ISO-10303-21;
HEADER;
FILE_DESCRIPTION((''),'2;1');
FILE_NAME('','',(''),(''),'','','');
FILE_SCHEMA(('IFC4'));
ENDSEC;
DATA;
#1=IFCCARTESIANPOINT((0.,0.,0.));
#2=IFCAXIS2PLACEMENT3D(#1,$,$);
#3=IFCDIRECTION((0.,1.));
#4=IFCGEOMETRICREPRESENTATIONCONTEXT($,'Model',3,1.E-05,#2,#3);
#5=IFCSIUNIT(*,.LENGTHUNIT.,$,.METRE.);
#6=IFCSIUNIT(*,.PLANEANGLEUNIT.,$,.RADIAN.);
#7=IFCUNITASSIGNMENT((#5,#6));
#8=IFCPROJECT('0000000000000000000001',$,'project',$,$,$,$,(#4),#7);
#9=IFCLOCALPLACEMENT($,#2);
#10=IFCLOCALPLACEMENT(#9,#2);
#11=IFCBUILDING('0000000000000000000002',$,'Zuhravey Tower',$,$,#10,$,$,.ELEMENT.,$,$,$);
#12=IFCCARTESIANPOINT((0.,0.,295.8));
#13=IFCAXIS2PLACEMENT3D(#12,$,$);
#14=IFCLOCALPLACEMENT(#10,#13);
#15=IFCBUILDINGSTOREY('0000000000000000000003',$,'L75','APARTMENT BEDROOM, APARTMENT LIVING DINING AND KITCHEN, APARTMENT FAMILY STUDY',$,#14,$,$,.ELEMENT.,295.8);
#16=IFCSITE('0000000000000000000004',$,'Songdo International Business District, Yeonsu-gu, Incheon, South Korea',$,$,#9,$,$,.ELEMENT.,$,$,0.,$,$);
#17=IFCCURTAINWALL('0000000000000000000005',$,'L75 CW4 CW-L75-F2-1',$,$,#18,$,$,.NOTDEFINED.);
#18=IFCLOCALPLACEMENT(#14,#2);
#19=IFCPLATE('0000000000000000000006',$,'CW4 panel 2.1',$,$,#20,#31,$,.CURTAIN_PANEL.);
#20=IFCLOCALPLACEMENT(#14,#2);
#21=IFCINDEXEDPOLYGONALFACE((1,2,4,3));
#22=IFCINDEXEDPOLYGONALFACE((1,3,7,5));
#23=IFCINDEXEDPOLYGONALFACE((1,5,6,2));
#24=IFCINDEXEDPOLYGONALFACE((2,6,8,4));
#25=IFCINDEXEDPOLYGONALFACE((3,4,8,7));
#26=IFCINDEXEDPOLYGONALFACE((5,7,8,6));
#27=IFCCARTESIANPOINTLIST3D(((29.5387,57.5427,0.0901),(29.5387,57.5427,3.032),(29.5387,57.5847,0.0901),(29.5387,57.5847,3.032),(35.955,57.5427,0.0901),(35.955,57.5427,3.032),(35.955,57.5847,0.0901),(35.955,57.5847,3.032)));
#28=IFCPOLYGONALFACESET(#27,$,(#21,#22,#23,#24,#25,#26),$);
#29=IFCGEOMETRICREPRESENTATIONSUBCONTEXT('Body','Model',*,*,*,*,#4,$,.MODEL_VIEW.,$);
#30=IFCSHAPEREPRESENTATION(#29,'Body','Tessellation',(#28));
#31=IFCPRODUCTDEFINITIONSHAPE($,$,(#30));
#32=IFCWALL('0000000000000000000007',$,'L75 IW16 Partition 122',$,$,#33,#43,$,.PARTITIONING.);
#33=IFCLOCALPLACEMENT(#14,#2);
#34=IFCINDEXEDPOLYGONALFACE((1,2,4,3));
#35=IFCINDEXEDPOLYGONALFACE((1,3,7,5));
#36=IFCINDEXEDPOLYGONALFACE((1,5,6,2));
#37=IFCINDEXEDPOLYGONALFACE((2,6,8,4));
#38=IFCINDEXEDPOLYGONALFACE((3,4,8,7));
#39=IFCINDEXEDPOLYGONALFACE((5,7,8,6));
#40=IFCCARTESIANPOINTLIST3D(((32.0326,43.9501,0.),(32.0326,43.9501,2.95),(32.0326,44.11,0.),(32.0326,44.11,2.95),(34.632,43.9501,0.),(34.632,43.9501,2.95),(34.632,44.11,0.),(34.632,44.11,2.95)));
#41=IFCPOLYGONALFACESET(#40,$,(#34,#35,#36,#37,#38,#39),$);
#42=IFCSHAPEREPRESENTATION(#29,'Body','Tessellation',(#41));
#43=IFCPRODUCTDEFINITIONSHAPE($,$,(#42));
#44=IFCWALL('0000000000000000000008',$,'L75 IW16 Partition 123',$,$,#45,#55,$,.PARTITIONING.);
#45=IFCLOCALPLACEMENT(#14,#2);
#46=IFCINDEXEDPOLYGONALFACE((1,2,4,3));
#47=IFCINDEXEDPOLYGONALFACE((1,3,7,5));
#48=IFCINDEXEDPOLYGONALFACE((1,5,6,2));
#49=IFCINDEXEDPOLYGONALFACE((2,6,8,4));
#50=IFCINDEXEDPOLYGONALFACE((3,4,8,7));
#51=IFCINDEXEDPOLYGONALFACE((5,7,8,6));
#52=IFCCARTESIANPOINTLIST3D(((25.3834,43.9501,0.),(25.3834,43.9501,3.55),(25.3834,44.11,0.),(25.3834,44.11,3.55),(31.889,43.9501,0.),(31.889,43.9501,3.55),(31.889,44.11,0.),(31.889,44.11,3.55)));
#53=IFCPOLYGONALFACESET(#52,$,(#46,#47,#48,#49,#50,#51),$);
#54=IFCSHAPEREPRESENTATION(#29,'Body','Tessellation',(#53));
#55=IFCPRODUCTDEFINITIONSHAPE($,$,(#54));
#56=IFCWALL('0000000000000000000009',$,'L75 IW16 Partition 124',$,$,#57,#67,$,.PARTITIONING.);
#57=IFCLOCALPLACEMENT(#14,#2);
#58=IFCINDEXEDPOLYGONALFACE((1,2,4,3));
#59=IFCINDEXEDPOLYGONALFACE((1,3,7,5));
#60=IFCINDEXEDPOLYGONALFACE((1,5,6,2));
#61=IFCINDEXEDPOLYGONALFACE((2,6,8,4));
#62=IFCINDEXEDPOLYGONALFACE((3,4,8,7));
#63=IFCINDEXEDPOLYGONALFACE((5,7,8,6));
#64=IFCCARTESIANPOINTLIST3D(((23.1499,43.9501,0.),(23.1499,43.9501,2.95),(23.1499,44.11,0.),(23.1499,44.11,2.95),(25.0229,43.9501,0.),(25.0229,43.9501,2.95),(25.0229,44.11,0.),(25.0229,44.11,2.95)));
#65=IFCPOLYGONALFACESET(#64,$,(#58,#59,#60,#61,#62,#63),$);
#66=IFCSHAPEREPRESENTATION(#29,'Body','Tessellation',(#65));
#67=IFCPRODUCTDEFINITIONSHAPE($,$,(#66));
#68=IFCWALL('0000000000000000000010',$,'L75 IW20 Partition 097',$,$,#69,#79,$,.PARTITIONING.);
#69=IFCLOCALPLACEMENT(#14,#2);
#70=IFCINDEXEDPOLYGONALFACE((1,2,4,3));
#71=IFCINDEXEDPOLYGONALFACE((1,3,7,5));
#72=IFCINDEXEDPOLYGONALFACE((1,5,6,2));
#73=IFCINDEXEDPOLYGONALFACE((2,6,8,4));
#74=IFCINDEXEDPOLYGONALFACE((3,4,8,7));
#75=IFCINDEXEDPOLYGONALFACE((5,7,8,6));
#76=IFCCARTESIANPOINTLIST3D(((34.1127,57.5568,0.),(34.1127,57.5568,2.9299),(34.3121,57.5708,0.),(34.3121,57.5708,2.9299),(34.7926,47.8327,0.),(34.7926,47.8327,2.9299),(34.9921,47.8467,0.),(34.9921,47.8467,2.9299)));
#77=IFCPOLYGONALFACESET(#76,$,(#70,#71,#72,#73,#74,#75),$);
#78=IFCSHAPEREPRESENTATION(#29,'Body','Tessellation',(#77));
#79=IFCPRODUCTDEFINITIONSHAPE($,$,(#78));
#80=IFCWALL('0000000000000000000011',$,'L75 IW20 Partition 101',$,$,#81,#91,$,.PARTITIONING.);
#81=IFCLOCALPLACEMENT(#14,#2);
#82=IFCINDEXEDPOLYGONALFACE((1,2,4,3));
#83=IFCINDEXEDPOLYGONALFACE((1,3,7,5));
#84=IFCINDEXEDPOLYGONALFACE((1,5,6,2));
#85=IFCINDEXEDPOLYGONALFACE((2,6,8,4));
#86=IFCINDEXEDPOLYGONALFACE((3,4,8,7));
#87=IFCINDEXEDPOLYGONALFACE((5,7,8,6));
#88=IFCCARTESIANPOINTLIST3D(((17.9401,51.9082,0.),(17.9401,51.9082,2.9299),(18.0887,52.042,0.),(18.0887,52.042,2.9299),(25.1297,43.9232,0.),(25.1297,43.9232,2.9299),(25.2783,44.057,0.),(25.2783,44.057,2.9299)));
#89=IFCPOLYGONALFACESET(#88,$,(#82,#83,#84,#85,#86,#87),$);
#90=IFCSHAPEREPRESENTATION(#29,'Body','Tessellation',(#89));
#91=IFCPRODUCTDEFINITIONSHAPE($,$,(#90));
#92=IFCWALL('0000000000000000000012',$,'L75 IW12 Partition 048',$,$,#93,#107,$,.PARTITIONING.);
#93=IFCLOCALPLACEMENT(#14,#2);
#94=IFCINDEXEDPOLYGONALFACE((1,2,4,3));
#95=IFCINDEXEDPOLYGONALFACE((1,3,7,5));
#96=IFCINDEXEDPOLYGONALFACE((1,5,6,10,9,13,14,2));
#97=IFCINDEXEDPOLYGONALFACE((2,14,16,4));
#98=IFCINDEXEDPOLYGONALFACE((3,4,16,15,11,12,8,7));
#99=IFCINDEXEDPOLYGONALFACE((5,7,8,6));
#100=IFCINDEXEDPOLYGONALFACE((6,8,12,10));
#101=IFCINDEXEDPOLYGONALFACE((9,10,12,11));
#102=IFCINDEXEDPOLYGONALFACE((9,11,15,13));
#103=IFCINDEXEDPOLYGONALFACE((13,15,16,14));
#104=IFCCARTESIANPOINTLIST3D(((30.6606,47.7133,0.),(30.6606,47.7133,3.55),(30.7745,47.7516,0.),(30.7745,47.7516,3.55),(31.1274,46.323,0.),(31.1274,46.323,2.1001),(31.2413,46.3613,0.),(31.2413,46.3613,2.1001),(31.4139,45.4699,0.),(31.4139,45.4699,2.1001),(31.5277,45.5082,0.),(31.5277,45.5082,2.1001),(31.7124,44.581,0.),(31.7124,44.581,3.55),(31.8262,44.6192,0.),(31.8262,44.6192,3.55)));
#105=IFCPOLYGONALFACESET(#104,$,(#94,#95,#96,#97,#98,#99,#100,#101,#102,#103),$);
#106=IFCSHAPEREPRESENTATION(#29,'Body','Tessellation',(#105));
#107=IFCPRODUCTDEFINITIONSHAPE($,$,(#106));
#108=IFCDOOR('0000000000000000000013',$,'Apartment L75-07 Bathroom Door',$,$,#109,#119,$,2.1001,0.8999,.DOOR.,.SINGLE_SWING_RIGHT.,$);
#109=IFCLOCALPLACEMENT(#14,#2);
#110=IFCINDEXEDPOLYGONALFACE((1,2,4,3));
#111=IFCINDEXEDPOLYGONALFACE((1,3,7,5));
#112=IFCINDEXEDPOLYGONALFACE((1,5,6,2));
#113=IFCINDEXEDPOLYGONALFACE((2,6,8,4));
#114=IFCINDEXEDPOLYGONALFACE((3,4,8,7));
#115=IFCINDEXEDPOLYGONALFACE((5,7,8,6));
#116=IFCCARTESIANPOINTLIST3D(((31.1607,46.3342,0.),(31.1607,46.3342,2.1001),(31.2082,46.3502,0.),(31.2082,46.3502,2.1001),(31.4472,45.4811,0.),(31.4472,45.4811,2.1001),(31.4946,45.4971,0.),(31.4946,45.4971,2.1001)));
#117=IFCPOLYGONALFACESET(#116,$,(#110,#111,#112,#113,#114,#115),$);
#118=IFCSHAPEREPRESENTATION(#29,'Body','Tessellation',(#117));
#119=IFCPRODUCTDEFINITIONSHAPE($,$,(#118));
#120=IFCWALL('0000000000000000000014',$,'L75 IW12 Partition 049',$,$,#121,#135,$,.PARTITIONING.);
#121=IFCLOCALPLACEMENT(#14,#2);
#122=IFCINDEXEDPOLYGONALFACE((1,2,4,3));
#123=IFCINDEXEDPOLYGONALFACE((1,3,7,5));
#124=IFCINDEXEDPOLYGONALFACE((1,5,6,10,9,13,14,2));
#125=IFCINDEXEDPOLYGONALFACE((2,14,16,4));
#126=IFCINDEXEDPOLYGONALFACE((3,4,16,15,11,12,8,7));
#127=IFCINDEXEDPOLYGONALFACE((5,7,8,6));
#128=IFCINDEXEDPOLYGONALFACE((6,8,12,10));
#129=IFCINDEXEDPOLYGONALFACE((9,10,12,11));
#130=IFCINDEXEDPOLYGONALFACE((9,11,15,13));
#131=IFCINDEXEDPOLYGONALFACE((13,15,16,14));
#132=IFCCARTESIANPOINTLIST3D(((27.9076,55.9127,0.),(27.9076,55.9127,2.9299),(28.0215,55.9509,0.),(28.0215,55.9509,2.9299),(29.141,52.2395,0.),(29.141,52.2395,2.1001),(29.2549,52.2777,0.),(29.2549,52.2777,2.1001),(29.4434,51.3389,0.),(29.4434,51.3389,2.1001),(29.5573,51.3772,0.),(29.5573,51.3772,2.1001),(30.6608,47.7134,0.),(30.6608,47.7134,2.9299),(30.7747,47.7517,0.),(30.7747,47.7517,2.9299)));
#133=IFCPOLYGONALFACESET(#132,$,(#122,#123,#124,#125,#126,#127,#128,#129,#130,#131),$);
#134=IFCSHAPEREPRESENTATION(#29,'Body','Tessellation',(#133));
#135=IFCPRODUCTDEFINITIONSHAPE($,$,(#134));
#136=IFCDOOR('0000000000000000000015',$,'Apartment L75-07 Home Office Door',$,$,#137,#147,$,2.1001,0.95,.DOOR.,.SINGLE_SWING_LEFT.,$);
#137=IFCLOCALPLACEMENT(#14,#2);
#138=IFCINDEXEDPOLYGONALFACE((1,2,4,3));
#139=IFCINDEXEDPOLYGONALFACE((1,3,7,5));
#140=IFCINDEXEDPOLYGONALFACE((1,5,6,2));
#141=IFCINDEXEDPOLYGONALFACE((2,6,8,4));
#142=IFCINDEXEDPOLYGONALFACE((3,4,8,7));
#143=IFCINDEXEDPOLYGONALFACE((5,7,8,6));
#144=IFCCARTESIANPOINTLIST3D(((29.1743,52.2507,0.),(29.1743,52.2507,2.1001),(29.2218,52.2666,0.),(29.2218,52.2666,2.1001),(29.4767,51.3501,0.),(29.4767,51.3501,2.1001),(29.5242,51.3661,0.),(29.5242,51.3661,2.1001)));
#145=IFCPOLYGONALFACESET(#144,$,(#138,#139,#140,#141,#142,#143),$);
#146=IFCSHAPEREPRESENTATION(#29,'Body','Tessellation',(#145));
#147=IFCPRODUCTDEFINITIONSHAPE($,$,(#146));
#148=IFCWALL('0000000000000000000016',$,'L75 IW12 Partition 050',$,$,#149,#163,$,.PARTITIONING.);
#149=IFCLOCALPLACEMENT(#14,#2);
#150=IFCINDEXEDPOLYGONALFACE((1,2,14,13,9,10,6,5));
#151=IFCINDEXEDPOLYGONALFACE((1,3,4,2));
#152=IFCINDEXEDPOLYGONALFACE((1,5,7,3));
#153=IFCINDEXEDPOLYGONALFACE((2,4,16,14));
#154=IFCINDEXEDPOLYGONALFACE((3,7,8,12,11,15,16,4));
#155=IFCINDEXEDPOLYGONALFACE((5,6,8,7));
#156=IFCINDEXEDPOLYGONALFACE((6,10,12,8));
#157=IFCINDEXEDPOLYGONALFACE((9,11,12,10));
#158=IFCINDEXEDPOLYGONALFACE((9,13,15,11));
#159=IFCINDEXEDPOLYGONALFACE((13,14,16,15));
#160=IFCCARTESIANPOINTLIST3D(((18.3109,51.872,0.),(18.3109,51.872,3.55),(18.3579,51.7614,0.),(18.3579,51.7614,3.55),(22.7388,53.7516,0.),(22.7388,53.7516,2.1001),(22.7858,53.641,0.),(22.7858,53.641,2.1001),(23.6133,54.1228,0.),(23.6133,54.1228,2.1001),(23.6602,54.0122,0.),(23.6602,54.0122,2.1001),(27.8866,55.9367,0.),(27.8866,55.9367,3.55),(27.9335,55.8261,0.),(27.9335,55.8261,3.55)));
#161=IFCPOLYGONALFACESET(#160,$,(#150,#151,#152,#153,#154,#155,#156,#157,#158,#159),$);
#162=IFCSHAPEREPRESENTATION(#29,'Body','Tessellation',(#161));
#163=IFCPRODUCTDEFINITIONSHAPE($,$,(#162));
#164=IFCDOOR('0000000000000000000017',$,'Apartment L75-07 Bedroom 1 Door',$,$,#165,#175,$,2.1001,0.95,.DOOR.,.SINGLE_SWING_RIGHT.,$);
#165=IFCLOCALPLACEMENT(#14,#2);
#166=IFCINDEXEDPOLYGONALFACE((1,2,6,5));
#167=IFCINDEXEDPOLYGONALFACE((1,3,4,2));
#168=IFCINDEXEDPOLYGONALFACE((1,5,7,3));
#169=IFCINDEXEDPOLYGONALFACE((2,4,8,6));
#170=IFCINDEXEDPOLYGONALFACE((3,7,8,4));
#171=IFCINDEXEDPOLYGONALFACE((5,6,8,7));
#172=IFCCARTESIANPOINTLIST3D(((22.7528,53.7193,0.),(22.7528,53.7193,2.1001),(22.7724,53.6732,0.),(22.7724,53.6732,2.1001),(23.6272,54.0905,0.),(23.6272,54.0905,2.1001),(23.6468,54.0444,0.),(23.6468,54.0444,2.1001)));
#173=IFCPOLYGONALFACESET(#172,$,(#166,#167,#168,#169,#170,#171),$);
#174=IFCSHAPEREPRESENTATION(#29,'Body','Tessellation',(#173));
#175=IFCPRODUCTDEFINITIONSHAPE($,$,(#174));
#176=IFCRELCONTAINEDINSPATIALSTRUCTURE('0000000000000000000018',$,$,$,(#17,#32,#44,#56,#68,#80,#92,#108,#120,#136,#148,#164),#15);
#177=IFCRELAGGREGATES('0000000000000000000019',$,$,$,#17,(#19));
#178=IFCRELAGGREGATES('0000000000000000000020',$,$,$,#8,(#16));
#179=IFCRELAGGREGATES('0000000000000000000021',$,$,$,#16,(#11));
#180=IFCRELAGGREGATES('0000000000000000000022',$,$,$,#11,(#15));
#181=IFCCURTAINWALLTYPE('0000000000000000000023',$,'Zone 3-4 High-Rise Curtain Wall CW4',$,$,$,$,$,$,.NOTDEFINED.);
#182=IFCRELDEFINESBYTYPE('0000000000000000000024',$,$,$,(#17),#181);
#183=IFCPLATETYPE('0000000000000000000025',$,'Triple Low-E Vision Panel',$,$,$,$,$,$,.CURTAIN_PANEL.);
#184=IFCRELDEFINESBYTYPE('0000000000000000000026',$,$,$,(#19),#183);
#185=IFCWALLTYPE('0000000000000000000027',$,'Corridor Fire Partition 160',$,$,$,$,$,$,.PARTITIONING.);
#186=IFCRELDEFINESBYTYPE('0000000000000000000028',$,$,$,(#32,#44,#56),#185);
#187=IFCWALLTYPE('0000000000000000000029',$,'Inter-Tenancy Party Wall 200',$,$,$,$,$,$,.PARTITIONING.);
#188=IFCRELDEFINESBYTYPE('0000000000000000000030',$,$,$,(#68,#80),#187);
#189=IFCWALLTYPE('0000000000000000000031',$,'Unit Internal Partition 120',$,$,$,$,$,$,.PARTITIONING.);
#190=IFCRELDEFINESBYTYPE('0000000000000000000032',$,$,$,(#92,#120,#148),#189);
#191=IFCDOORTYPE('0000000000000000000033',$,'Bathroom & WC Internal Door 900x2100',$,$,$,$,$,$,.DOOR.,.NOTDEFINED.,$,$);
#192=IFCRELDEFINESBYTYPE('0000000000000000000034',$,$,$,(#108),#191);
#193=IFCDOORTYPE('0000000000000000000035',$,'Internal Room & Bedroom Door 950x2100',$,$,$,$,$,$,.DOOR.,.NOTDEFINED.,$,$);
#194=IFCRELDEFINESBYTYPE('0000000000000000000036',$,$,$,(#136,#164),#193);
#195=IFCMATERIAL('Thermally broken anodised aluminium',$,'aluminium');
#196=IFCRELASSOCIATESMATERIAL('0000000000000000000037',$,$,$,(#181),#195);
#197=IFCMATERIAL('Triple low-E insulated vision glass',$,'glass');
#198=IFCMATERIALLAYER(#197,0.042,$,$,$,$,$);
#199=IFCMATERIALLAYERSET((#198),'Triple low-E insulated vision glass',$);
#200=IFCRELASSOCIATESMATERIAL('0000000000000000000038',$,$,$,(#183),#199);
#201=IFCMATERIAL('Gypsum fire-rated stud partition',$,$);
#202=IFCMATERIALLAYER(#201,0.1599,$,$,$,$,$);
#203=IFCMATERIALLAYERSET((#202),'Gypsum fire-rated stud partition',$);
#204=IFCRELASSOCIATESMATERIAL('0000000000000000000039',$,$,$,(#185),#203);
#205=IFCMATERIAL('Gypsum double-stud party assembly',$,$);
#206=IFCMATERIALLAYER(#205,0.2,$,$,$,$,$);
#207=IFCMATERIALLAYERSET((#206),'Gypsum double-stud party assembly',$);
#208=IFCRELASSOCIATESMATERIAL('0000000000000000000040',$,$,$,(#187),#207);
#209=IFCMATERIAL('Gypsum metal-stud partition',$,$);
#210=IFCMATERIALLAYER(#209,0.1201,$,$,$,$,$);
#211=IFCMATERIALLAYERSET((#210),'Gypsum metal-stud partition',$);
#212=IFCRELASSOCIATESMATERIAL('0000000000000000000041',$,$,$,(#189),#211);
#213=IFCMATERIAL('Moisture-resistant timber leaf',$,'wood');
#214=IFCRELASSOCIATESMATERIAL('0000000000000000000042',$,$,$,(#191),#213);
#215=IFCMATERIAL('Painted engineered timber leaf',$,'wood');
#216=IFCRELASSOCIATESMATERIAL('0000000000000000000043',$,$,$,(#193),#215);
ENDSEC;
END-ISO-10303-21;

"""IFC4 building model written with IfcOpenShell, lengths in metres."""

from ifc_helpers import new_model, si_unit, direction, frame, frame_2d, origin, origin_2d, place, context, subcontext, project, spatial, rectangle, extrude, material, layer, layer_set, type_object, element, fill, aggregate, save


model = new_model("IFC4")

# Units and contexts
model_context = context("Model", 3, precision=1e-05, world=origin(), true_north=direction((0.0, 1.0)))
body_context = subcontext(model_context, "Body", "Model", "MODEL_VIEW")
ifc_project = project(units=[si_unit("LENGTHUNIT", "METRE"), si_unit("PLANEANGLEUNIT", "RADIAN")], contexts=[model_context])

# Site, building, storey
site_placement = place(None, origin())
site = spatial("IfcSite", under=ifc_project, at=site_placement, Name="Songdo International Business District, Yeonsu-gu, Incheon, South Korea", CompositionType="ELEMENT", RefElevation=0.0)
building_placement = place(site_placement, origin())
building = spatial("IfcBuilding", under=site, at=building_placement, Name="Zuhravey Tower", CompositionType="ELEMENT")
storey_placement = place(building_placement, frame((0.0, 0.0, 295.8)))
storey = spatial("IfcBuildingStorey", under=building, at=storey_placement, Name="L75", Description="APARTMENT BEDROOM, APARTMENT LIVING DINING AND KITCHEN, APARTMENT FAMILY STUDY", CompositionType="ELEMENT", Elevation=295.8)

# Curtain wall
ifc_material_1 = material(Name="Thermally broken anodised aluminium", Category="aluminium")
curtain_wall_type = type_object("IfcCurtainWallType", Name="Zone 3-4 High-Rise Curtain Wall CW4", PredefinedType="NOTDEFINED", material=ifc_material_1)
curtain_wall_placement = place(storey_placement, origin())
curtain_wall = element("IfcCurtainWall", 1, at=curtain_wall_placement, inside=storey, type_object=curtain_wall_type, Name="L75 CW4 CW-L75-F2-1", PredefinedType="NOTDEFINED")

# Plate
ifc_material_2 = material(Name="Triple low-E insulated vision glass", Category="glass")
ifc_layer_1 = layer(ifc_material_2, 0.042)
ifc_layer_set_1 = layer_set([ifc_layer_1], Name="Triple low-E insulated vision glass")
plate_type = type_object("IfcPlateType", Name="Triple Low-E Vision Panel", PredefinedType="CURTAIN_PANEL", material=ifc_layer_set_1)
plate_1_placement = place(storey_placement, frame((32.7468, 57.5637, 0.0901), z_axis=(0.0, 0.0, 1.0), x_axis=(1.0, 0.0, 0.0)))
plate_1 = element("IfcPlate", 2, at=plate_1_placement, type_object=plate_type, Name="CW4 panel 2.1", PredefinedType="CURTAIN_PANEL", context=body_context, shape_type="SweptSolid", body=[
    extrude(rectangle(XDim=6.4163, YDim=0.042, at=origin_2d()), origin(), (0.0, 0.0, 1.0), 2.9419),
])
aggregate(curtain_wall, [plate_1])

# Shared definitions
ifc_material_3 = material(Name="Gypsum fire-rated stud partition")
ifc_layer_2 = layer(ifc_material_3, 0.1599)
ifc_layer_set_2 = layer_set([ifc_layer_2], Name="Gypsum fire-rated stud partition")
wall_type_1 = type_object("IfcWallType", Name="Corridor Fire Partition 160", PredefinedType="PARTITIONING", material=ifc_layer_set_2)

# Walls
wall_1_placement = place(storey_placement, frame((34.6321, 44.03, 0.0), z_axis=(0.0, 0.0, 1.0), x_axis=(-1.0, 0.0, 0.0)))
element("IfcWall", 3, at=wall_1_placement, inside=storey, type_object=wall_type_1, Name="L75 IW16 Partition 122", PredefinedType="PARTITIONING", context=body_context, shape_type="SweptSolid", body=[
    extrude(rectangle(XDim=2.5994, YDim=0.1599, at=frame_2d((1.2998, 0.0))), origin(), (0.0, 0.0, 1.0), 2.95),
])
wall_2_placement = place(storey_placement, frame((31.8892, 44.03, 0.0), z_axis=(0.0, 0.0, 1.0), x_axis=(-1.0, 0.0, 0.0)))
element("IfcWall", 4, at=wall_2_placement, inside=storey, type_object=wall_type_1, Name="L75 IW16 Partition 123", PredefinedType="PARTITIONING", context=body_context, shape_type="SweptSolid", body=[
    extrude(rectangle(XDim=6.5056, YDim=0.1599, at=frame_2d((3.2529, 0.0))), origin(), (0.0, 0.0, 1.0), 3.55),
])
wall_3_placement = place(storey_placement, frame((25.0229, 44.03, 0.0), z_axis=(0.0, 0.0, 1.0), x_axis=(-1.0, 0.0, 0.0)))
element("IfcWall", 5, at=wall_3_placement, inside=storey, type_object=wall_type_1, Name="L75 IW16 Partition 124", PredefinedType="PARTITIONING", context=body_context, shape_type="SweptSolid", body=[
    extrude(rectangle(XDim=1.873, YDim=0.1599, at=frame_2d((0.9365, 0.0))), origin(), (0.0, 0.0, 1.0), 2.95),
])
ifc_material_4 = material(Name="Gypsum double-stud party assembly")
ifc_layer_3 = layer(ifc_material_4, 0.2)
ifc_layer_set_3 = layer_set([ifc_layer_3], Name="Gypsum double-stud party assembly")
wall_type_2 = type_object("IfcWallType", Name="Inter-Tenancy Party Wall 200", PredefinedType="PARTITIONING", material=ifc_layer_set_3)
wall_4_placement = place(storey_placement, frame((34.8923, 47.8396, 0.0), z_axis=(0.0, 0.0, 1.0), x_axis=(-0.069752, 0.997564, 0.0)))
element("IfcWall", 6, at=wall_4_placement, inside=storey, type_object=wall_type_2, Name="L75 IW20 Partition 097", PredefinedType="PARTITIONING", context=body_context, shape_type="SweptSolid", body=[
    extrude(rectangle(XDim=9.7478, YDim=0.2, at=frame_2d((4.874, 0.0))), origin(), (0.0, 0.0, 1.0), 2.9299),
])
wall_5_placement = place(storey_placement, frame((25.2041, 43.99, 0.0), z_axis=(0.0, 0.0, 1.0), x_axis=(-0.669124, 0.743151, 0.0)))
element("IfcWall", 7, at=wall_5_placement, inside=storey, type_object=wall_type_2, Name="L75 IW20 Partition 101", PredefinedType="PARTITIONING", context=body_context, shape_type="SweptSolid", body=[
    extrude(rectangle(XDim=10.7449, YDim=0.2, at=frame_2d((5.3726, 0.0))), origin(), (0.0, 0.0, 1.0), 2.9299),
])

# Walls, openings, doors
ifc_material_5 = material(Name="Gypsum metal-stud partition")
ifc_layer_4 = layer(ifc_material_5, 0.1201)
ifc_layer_set_4 = layer_set([ifc_layer_4], Name="Gypsum metal-stud partition")
wall_type_3 = type_object("IfcWallType", Name="Unit Internal Partition 120", PredefinedType="PARTITIONING", material=ifc_layer_set_4)
wall_6_placement = place(storey_placement, frame((31.7693, 44.6001, 0.0), z_axis=(0.0, 0.0, 1.0), x_axis=(-0.318311, 0.947986, 0.0)))
wall_6 = element("IfcWall", 8, at=wall_6_placement, inside=storey, type_object=wall_type_3, Name="L75 IW12 Partition 048", PredefinedType="PARTITIONING", context=body_context, shape_type="SweptSolid", body=[
    extrude(rectangle(XDim=3.3042, YDim=0.1201, at=frame_2d((1.6521, 0.0))), origin(), (0.0, 0.0, 1.0), 3.55),
])
opening_1_placement = place(wall_6_placement, frame((0.9377, 0.0, 0.0)))
opening_1 = element("IfcOpeningElement", 9, at=opening_1_placement, cuts=wall_6, PredefinedType="OPENING", context=body_context, shape_type="SweptSolid", body=[
    extrude(rectangle(XDim=0.8999, YDim=2.1001, at=frame_2d((0.45, 1.05))), frame((0.0, 0.072, 0.0), z_axis=(0.0, -1.0, 0.0), x_axis=(1.0, 0.0, 0.0)), (0.0, 0.0, 1.0), 0.144),
])
ifc_material_6 = material(Name="Moisture-resistant timber leaf", Category="wood")
door_type_1 = type_object("IfcDoorType", Name="Bathroom & WC Internal Door 900x2100", OperationType="NOTDEFINED", PredefinedType="DOOR", material=ifc_material_6)
door_1_placement = place(opening_1_placement, origin())
door_1 = element("IfcDoor", 10, at=door_1_placement, inside=storey, type_object=door_type_1, Name="Apartment L75-07 Bathroom Door", OperationType="SINGLE_SWING_RIGHT", OverallHeight=2.1001, OverallWidth=0.8999, PredefinedType="DOOR", context=body_context, shape_type="SweptSolid", body=[
    extrude(rectangle(XDim=0.8999, YDim=2.1001, at=frame_2d((0.45, 1.05))), frame((0.0, 0.0249, 0.0), z_axis=(0.0, -1.0, 0.0), x_axis=(1.0, 0.0, 0.0)), (0.0, 0.0, 1.0), 0.05),
])
fill(opening_1, door_1)
wall_7_placement = place(storey_placement, frame((30.7178, 47.7324, 0.0), z_axis=(0.0, 0.0, 1.0), x_axis=(-0.318319, 0.947984, 0.0)))
wall_7 = element("IfcWall", 11, at=wall_7_placement, inside=storey, type_object=wall_type_3, Name="L75 IW12 Partition 049", PredefinedType="PARTITIONING", context=body_context, shape_type="SweptSolid", body=[
    extrude(rectangle(XDim=8.6492, YDim=0.1201, at=frame_2d((4.3247, 0.0))), origin(), (0.0, 0.0, 1.0), 2.9299),
])
opening_2_placement = place(wall_7_placement, frame((3.8245, 0.0, 0.0)))
opening_2 = element("IfcOpeningElement", 12, at=opening_2_placement, cuts=wall_7, PredefinedType="OPENING", context=body_context, shape_type="SweptSolid", body=[
    extrude(rectangle(XDim=0.95, YDim=2.1001, at=frame_2d((0.4751, 1.05))), frame((0.0, 0.072, 0.0), z_axis=(0.0, -1.0, 0.0), x_axis=(1.0, 0.0, 0.0)), (0.0, 0.0, 1.0), 0.144),
])
ifc_material_7 = material(Name="Painted engineered timber leaf", Category="wood")
door_type_2 = type_object("IfcDoorType", Name="Internal Room & Bedroom Door 950x2100", OperationType="NOTDEFINED", PredefinedType="DOOR", material=ifc_material_7)
door_2_placement = place(opening_2_placement, origin())
door_2 = element("IfcDoor", 13, at=door_2_placement, inside=storey, type_object=door_type_2, Name="Apartment L75-07 Home Office Door", OperationType="SINGLE_SWING_LEFT", OverallHeight=2.1001, OverallWidth=0.95, PredefinedType="DOOR", context=body_context, shape_type="SweptSolid", body=[
    extrude(rectangle(XDim=0.95, YDim=2.1001, at=frame_2d((0.4751, 1.05))), frame((0.0, 0.0249, 0.0), z_axis=(0.0, -1.0, 0.0), x_axis=(1.0, 0.0, 0.0)), (0.0, 0.0, 1.0), 0.05),
])
fill(opening_2, door_2)
wall_8_placement = place(storey_placement, frame((27.9099, 55.8813, 0.0), z_axis=(0.0, 0.0, 1.0), x_axis=(-0.920503, -0.390736, 0.0)))
wall_8 = element("IfcWall", 14, at=wall_8_placement, inside=storey, type_object=wall_type_3, Name="L75 IW12 Partition 050", PredefinedType="PARTITIONING", context=body_context, shape_type="SweptSolid", body=[
    extrude(rectangle(XDim=10.4026, YDim=0.1201, at=frame_2d((5.2012, 0.0))), origin(), (0.0, 0.0, 1.0), 3.55),
])
opening_3_placement = place(wall_8_placement, frame((4.6421, 0.0, 0.0)))
opening_3 = element("IfcOpeningElement", 15, at=opening_3_placement, cuts=wall_8, PredefinedType="OPENING", context=body_context, shape_type="SweptSolid", body=[
    extrude(rectangle(XDim=0.95, YDim=2.1001, at=frame_2d((0.4751, 1.05))), frame((0.0, 0.072, 0.0), z_axis=(0.0, -1.0, 0.0), x_axis=(1.0, 0.0, 0.0)), (0.0, 0.0, 1.0), 0.144),
])
door_3_placement = place(opening_3_placement, frame((0.95, 0.0, 0.0), z_axis=(0.0, 0.0, 1.0), x_axis=(-1.0, 0.0, 0.0)))
door_3 = element("IfcDoor", 16, at=door_3_placement, inside=storey, type_object=door_type_2, Name="Apartment L75-07 Bedroom 1 Door", OperationType="SINGLE_SWING_RIGHT", OverallHeight=2.1001, OverallWidth=0.95, PredefinedType="DOOR", context=body_context, shape_type="SweptSolid", body=[
    extrude(rectangle(XDim=0.95, YDim=2.1001, at=frame_2d((0.4751, 1.05))), frame((0.0, 0.0249, 0.0), z_axis=(0.0, -1.0, 0.0), x_axis=(1.0, 0.0, 0.0)), (0.0, 0.0, 1.0), 0.05),
])
fill(opening_3, door_3)

save(model, "model.ifc")
